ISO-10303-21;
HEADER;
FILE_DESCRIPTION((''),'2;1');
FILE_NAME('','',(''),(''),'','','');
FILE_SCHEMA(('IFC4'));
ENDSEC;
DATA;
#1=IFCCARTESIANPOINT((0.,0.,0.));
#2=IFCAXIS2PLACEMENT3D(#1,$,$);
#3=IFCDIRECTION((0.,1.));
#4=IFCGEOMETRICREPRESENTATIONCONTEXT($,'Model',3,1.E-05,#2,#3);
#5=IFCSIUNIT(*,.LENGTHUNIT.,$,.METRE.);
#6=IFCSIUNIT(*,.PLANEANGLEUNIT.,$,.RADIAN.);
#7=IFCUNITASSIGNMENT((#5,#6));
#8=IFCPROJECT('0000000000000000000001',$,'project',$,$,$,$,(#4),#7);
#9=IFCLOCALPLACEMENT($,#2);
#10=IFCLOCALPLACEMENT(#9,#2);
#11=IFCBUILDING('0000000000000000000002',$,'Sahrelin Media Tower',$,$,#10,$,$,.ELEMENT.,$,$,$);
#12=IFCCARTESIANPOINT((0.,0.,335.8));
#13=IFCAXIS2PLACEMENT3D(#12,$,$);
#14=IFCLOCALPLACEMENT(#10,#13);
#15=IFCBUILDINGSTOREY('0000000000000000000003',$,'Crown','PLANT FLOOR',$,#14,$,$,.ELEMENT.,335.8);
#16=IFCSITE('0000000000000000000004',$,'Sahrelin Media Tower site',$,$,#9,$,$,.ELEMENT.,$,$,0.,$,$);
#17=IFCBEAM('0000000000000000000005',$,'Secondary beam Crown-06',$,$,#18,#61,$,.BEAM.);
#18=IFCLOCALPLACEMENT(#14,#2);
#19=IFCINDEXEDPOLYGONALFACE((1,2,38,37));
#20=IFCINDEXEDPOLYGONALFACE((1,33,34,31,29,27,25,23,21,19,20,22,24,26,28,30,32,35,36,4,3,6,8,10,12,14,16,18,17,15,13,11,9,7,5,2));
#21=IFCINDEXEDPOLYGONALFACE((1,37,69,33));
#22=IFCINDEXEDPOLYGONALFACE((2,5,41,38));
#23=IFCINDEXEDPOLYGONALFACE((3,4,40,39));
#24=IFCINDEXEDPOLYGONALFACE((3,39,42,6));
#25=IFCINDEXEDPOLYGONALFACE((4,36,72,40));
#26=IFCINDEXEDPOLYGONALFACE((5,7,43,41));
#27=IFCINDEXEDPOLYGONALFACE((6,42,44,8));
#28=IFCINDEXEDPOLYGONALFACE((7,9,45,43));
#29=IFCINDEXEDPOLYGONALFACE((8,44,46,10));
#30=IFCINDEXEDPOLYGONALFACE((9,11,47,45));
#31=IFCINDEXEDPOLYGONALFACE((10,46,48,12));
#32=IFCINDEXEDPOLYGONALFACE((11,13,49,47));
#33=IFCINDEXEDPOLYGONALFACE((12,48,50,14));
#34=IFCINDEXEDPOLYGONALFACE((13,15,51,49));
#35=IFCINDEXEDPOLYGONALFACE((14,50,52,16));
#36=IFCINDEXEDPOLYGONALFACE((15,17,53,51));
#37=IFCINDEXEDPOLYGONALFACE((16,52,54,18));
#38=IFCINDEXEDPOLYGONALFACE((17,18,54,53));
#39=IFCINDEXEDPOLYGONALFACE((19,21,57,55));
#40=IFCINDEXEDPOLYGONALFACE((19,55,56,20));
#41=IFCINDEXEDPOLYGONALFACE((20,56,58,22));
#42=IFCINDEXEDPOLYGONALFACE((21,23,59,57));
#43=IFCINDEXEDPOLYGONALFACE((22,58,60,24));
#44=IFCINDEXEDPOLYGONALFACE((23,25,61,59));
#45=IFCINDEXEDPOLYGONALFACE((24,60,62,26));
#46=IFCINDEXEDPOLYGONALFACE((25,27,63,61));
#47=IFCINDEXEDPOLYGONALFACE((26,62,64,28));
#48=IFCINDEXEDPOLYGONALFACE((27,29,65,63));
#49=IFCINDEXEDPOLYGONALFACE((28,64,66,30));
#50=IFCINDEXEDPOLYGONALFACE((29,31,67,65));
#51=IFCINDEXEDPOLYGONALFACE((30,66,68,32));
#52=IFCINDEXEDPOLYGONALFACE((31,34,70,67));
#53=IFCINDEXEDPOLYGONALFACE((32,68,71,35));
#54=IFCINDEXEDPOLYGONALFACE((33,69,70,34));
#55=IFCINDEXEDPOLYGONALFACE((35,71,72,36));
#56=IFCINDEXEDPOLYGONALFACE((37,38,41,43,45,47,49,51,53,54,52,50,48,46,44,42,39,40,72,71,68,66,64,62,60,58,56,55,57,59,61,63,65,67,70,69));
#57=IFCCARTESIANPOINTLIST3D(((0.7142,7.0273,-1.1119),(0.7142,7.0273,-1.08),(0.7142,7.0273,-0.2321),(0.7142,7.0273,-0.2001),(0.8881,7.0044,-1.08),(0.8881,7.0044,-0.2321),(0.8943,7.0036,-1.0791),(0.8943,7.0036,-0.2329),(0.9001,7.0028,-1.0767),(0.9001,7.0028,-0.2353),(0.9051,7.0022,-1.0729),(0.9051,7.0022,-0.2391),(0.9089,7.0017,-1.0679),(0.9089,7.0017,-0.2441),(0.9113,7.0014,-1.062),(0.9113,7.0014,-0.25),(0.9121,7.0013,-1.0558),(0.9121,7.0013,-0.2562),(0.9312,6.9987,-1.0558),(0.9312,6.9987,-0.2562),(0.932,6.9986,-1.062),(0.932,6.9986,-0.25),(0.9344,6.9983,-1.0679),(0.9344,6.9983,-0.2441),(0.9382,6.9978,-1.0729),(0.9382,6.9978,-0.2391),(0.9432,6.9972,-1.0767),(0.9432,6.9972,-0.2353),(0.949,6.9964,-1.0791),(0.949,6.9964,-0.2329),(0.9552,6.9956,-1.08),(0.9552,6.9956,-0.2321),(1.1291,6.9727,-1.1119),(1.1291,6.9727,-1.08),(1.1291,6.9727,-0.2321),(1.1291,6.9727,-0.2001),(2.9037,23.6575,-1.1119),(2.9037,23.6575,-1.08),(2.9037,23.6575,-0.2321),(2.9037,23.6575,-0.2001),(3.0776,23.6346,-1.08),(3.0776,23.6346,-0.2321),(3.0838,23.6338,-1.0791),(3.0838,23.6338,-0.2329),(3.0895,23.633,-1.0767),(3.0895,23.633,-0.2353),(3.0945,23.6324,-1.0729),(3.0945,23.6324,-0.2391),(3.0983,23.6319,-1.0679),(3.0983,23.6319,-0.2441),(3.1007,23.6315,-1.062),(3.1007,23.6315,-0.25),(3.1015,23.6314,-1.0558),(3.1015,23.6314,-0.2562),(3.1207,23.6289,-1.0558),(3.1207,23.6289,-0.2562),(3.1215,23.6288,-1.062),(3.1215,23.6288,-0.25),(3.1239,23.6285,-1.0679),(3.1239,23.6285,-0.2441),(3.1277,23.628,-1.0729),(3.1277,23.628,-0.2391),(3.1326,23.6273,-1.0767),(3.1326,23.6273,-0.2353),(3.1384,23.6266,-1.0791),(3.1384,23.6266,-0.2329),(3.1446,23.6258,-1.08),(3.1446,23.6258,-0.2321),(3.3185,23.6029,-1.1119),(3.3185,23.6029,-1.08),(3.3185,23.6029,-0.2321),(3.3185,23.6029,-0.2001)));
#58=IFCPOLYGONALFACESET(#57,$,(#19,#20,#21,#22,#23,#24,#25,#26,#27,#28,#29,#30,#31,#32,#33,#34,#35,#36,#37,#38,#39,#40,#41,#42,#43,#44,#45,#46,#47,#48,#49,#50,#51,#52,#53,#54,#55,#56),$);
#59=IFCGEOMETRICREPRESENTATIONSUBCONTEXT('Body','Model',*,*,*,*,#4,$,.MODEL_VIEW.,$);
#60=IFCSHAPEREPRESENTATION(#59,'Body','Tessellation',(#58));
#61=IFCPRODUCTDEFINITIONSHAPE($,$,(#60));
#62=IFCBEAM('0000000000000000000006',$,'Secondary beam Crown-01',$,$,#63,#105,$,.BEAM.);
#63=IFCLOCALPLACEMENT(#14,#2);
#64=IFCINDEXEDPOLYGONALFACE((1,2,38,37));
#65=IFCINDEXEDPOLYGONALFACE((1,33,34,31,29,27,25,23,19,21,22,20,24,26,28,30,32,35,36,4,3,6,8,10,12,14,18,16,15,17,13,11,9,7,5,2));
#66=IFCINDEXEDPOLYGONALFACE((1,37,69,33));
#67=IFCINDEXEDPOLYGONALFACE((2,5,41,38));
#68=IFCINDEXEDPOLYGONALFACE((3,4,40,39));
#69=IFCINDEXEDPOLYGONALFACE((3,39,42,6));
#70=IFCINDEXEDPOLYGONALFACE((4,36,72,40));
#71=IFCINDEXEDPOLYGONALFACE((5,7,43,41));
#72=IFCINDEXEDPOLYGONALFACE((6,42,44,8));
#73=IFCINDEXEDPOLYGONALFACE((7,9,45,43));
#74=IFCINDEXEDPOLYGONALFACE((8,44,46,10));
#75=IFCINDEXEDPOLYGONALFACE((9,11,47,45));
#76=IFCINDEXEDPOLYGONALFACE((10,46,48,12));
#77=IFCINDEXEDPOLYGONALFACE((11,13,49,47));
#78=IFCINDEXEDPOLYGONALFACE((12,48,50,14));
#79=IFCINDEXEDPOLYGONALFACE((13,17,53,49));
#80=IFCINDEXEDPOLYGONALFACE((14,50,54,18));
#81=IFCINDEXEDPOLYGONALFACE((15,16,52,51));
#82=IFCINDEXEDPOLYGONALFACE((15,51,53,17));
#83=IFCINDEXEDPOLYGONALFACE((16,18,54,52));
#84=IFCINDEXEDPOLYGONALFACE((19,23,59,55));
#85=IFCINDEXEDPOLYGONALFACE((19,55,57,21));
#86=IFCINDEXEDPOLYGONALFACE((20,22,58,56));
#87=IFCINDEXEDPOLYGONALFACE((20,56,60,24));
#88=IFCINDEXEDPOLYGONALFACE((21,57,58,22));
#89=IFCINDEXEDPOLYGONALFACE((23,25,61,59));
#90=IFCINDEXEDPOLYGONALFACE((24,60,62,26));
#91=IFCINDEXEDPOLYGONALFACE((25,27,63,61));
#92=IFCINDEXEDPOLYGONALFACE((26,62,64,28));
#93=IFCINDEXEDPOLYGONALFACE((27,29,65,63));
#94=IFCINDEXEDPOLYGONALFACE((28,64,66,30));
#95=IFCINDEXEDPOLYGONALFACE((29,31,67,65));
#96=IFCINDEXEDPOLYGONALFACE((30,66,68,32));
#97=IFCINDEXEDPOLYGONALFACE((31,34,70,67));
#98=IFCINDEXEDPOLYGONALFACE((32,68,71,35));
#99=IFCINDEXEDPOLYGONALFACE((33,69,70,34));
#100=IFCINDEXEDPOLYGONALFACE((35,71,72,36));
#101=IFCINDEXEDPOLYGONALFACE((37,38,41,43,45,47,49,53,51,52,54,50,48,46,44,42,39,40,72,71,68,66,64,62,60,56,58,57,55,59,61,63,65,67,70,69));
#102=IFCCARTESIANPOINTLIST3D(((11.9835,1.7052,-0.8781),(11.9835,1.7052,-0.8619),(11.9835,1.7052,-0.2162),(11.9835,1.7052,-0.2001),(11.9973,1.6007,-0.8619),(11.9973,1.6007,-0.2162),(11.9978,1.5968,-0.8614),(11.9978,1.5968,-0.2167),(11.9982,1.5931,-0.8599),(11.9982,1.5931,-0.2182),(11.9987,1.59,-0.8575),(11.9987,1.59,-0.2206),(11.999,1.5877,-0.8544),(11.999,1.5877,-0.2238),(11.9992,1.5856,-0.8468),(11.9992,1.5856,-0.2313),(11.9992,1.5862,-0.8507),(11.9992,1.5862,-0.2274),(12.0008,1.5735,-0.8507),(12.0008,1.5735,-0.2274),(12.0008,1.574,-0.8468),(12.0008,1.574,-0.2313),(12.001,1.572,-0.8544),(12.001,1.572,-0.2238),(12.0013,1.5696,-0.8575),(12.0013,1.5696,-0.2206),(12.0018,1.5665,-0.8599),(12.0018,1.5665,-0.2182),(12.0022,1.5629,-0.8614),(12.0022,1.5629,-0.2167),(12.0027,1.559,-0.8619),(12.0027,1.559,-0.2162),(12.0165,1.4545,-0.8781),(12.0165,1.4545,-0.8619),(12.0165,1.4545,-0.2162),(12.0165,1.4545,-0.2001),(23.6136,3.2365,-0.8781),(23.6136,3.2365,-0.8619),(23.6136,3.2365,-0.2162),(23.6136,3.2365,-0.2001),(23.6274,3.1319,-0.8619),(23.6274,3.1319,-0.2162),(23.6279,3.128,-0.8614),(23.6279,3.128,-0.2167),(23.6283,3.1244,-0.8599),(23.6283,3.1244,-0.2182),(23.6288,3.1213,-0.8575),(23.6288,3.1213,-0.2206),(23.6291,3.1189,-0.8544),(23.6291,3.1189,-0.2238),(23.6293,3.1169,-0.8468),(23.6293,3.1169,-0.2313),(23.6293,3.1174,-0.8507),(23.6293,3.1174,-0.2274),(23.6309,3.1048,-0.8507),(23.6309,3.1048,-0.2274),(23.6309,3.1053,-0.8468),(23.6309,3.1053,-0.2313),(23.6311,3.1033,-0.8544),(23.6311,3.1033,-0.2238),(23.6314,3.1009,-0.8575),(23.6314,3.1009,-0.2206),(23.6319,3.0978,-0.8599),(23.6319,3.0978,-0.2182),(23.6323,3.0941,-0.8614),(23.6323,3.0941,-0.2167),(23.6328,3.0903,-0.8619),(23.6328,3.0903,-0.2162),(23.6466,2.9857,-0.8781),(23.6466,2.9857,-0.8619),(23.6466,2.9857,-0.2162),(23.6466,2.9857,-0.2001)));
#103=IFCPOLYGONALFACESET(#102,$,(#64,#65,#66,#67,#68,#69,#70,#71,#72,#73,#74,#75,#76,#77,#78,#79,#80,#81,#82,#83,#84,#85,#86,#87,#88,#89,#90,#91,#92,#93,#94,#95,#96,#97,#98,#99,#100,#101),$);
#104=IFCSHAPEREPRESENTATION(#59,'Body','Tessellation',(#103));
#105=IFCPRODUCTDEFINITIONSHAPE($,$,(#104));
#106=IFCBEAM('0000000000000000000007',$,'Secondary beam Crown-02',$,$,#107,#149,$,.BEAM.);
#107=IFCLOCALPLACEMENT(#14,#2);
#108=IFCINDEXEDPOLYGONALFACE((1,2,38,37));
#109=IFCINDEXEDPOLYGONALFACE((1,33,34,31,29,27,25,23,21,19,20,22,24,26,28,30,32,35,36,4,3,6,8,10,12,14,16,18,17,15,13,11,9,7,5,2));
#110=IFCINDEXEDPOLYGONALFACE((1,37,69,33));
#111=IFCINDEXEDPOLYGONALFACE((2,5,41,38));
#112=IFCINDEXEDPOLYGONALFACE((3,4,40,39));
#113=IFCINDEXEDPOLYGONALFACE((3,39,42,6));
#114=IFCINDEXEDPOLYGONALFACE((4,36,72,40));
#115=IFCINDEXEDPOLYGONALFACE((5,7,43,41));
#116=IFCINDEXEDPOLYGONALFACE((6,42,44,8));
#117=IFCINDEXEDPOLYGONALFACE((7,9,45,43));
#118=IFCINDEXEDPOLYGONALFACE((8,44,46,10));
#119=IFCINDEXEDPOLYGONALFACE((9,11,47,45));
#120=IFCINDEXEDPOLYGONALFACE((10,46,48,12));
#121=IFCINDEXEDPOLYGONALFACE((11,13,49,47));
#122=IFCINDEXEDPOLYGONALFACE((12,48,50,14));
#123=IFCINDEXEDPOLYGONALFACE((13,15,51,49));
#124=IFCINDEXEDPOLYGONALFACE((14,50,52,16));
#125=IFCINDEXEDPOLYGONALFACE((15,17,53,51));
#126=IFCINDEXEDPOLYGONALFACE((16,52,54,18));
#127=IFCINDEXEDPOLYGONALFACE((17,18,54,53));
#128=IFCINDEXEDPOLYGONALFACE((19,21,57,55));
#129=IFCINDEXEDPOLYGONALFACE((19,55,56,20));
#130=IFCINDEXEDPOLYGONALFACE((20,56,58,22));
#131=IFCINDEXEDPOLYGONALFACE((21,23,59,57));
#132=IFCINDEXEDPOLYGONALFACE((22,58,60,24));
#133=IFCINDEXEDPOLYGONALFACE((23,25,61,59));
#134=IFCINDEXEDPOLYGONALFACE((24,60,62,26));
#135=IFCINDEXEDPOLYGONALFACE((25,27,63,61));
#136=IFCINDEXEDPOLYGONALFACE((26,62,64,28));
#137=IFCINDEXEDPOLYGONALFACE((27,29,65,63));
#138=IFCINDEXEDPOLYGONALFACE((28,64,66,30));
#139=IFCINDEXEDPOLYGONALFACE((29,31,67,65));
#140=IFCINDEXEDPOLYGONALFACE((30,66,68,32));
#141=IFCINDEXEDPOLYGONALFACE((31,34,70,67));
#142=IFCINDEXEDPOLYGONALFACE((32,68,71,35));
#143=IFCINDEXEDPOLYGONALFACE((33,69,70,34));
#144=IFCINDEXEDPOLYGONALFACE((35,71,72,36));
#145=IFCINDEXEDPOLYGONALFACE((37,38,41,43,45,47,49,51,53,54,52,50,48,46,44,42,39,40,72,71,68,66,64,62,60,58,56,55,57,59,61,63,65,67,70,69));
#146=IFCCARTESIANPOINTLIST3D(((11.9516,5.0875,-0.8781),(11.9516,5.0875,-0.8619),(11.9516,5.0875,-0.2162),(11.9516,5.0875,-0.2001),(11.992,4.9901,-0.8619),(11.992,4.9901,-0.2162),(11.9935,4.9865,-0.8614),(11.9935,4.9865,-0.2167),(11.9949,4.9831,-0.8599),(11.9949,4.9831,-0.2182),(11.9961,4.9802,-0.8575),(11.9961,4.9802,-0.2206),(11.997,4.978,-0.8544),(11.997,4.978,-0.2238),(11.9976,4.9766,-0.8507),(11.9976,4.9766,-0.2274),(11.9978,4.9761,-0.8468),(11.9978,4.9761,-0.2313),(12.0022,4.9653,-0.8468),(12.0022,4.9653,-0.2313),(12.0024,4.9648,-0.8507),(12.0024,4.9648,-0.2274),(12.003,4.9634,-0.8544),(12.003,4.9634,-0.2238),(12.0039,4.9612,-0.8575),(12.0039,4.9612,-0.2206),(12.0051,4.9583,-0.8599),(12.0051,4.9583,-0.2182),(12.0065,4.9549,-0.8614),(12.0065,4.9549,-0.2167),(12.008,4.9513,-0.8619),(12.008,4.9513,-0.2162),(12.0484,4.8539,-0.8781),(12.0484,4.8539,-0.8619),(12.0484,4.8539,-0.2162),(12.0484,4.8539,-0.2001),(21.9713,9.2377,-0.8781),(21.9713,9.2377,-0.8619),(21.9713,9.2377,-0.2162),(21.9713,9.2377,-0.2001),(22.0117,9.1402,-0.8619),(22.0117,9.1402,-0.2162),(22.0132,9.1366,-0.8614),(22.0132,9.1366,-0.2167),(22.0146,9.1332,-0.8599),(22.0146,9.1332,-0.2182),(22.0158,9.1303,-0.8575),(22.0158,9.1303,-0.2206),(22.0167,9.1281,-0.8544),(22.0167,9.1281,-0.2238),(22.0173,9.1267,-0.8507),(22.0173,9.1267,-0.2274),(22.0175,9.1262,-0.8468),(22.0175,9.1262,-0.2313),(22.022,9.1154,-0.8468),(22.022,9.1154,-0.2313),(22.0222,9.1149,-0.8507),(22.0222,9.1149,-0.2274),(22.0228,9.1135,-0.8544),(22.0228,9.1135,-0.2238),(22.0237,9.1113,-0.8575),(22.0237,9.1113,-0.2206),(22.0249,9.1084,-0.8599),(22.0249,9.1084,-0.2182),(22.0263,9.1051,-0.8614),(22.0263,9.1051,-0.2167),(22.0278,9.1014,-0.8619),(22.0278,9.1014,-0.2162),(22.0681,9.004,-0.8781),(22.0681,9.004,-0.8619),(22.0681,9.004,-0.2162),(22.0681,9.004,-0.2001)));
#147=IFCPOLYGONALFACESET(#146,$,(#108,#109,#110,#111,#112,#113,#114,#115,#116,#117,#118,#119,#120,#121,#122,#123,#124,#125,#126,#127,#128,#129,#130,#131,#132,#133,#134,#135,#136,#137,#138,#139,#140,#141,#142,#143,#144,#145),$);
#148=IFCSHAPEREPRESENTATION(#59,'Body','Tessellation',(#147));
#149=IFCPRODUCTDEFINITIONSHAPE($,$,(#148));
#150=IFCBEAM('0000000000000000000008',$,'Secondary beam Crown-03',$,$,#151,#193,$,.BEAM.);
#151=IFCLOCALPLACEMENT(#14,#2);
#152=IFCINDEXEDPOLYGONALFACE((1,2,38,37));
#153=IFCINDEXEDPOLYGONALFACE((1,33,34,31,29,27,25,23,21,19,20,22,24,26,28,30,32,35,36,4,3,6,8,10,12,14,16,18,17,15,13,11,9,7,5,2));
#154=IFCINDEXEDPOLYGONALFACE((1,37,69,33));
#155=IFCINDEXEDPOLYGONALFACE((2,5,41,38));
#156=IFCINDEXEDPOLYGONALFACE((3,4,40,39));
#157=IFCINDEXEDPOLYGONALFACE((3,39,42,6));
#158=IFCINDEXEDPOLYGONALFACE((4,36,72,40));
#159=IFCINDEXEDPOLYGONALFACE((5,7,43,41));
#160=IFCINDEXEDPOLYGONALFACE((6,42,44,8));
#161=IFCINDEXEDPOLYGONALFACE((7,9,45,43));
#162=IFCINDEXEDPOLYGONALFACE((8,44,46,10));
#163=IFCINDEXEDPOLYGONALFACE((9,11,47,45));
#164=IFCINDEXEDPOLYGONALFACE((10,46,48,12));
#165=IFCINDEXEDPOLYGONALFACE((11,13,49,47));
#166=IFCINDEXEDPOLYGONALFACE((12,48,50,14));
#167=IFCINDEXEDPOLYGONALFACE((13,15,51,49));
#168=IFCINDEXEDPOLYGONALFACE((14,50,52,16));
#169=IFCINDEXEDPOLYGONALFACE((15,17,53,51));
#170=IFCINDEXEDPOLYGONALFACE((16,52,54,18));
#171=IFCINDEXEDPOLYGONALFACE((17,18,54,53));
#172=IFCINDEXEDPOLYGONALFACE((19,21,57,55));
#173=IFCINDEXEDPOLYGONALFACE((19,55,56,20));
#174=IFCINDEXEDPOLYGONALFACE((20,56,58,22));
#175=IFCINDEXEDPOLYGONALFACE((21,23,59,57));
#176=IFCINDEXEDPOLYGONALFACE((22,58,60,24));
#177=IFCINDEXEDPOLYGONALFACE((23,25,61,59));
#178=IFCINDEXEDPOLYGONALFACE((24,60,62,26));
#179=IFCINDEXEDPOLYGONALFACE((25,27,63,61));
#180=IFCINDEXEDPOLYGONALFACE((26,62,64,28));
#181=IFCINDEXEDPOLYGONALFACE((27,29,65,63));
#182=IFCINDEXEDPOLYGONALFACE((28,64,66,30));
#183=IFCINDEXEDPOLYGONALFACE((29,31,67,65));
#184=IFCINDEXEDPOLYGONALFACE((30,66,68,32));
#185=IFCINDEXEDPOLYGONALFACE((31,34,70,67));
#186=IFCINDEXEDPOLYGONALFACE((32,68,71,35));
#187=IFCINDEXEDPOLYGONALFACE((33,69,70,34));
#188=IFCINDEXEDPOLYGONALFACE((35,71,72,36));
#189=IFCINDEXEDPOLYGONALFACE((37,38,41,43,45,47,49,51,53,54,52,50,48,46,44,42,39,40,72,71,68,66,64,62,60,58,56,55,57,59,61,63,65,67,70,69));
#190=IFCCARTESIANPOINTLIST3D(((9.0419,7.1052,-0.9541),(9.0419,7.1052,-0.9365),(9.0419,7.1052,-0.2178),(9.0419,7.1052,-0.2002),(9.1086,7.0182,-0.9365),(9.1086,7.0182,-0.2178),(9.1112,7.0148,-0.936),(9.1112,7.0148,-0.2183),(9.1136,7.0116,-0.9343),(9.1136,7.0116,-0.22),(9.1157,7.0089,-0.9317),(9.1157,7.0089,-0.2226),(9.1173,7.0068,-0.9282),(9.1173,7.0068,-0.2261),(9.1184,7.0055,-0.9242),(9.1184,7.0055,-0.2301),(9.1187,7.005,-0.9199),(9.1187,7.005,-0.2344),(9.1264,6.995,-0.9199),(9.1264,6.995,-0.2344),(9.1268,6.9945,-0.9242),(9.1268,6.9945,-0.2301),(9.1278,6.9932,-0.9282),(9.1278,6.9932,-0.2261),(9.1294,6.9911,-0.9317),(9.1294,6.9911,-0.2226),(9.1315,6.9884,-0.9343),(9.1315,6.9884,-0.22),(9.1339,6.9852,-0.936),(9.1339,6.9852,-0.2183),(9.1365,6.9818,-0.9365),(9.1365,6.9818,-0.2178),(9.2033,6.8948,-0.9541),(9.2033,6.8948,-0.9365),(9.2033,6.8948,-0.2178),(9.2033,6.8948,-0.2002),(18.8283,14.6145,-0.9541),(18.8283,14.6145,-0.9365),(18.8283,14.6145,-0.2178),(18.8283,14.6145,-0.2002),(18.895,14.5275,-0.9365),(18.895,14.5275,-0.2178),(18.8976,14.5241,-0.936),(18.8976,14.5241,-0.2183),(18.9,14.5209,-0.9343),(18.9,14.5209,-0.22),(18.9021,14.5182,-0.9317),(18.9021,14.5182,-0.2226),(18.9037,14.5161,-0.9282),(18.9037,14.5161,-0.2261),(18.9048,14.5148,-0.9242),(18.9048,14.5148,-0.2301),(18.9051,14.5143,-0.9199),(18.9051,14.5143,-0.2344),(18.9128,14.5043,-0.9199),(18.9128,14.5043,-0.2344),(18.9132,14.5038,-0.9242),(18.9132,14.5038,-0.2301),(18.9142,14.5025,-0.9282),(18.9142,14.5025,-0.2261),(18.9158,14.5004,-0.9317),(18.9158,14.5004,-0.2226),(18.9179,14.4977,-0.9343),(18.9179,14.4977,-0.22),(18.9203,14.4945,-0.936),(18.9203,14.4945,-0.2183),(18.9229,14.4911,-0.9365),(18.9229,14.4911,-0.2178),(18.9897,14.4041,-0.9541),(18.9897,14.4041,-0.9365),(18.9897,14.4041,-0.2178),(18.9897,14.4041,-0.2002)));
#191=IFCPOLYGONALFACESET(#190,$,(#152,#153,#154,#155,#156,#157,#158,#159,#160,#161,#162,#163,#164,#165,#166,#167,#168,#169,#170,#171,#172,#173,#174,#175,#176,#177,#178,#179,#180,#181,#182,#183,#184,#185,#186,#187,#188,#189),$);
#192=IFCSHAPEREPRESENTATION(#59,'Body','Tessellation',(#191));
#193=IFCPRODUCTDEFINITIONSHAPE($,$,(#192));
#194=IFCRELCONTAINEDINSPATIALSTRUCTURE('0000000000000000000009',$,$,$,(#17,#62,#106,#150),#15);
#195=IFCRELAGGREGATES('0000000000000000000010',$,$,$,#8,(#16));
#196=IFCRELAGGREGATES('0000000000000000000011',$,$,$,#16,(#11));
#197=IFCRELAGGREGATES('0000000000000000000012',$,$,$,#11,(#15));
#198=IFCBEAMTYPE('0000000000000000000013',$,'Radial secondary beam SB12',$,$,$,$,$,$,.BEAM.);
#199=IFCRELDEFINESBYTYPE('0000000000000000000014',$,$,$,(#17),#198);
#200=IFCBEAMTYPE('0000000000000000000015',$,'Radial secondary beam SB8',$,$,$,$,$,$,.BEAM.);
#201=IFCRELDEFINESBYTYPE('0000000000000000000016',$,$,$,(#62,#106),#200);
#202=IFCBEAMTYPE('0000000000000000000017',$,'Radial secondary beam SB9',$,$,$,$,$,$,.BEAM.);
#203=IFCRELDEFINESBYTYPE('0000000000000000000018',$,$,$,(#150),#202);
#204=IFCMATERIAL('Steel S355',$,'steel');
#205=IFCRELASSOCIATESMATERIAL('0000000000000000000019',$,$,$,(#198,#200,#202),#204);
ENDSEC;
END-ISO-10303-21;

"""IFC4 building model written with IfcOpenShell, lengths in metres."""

from ifc_helpers import new_model, si_unit, direction, frame, origin, origin_2d, place, context, subcontext, project, spatial, i_section, extrude, material, material_profile, profile_set, type_object, element, save


model = new_model("IFC4")

# Units and contexts
model_context = context("Model", 3, precision=1e-05, world=origin(), true_north=direction((0.0, 1.0)))
body_context = subcontext(model_context, "Body", "Model", "MODEL_VIEW")
ifc_project = project(units=[si_unit("LENGTHUNIT", "METRE"), si_unit("PLANEANGLEUNIT", "RADIAN")], contexts=[model_context])

# Site, building, storey
site_placement = place(None, origin())
site = spatial("IfcSite", under=ifc_project, at=site_placement, Name="Sahrelin Media Tower site", CompositionType="ELEMENT", RefElevation=0.0)
building_placement = place(site_placement, origin())
building = spatial("IfcBuilding", under=site, at=building_placement, Name="Sahrelin Media Tower", CompositionType="ELEMENT")
storey_placement = place(building_placement, frame((0.0, 0.0, 335.8)))
storey = spatial("IfcBuildingStorey", under=building, at=storey_placement, Name="Crown", Description="PLANT FLOOR", CompositionType="ELEMENT", Elevation=335.8)

# Beams
ifc_material_1 = material(Name="Steel S355", Category="steel")
ifc_material_profile_1 = material_profile(ifc_material_1, i_section(OverallWidth=0.4185, OverallDepth=0.9119, WebThickness=0.0193, FlangeThickness=0.032, FilletRadius=0.0242, at=origin_2d()), Name="UB 914x419x343")
ifc_profile_set_1 = profile_set([ifc_material_profile_1], Name="Steel S355")
beam_type_1 = type_object("IfcBeamType", Name="Radial secondary beam SB12", PredefinedType="BEAM", material=ifc_profile_set_1)
beam_1_placement = place(storey_placement, frame((0.9216, 7.0, -0.656), z_axis=(0.130529, 0.991444, 0.0), x_axis=(-0.991444, 0.130529, 0.0)))
element("IfcBeam", 1, at=beam_1_placement, inside=storey, type_object=beam_type_1, Name="Secondary beam Crown-06", PredefinedType="BEAM", context=body_context, shape_type="SweptSolid", body=[
    extrude(i_section(OverallWidth=0.4185, OverallDepth=0.9119, WebThickness=0.0193, FlangeThickness=0.032, FilletRadius=0.0242, at=origin_2d()), origin(), (0.0, 0.0, 1.0), 16.7737),
])
ifc_material_profile_2 = material_profile(ifc_material_1, i_section(OverallWidth=0.2529, OverallDepth=0.678, WebThickness=0.0117, FlangeThickness=0.0161, FilletRadius=0.0151, at=origin_2d()), Name="UB 686x254x125")
ifc_profile_set_2 = profile_set([ifc_material_profile_2], Name="Steel S355")
beam_type_2 = type_object("IfcBeamType", Name="Radial secondary beam SB8", PredefinedType="BEAM", material=ifc_profile_set_2)
beam_2_placement = place(storey_placement, frame((12.0, 1.5798, -0.5391), z_axis=(0.991444, 0.130536, 0.0), x_axis=(-0.130536, 0.991444, 0.0)))
element("IfcBeam", 2, at=beam_2_placement, inside=storey, type_object=beam_type_2, Name="Secondary beam Crown-01", PredefinedType="BEAM", context=body_context, shape_type="SweptSolid", body=[
    extrude(i_section(OverallWidth=0.2529, OverallDepth=0.678, WebThickness=0.0117, FlangeThickness=0.0161, FilletRadius=0.0151, at=origin_2d()), origin(), (0.0, 0.0, 1.0), 11.7305),
])
beam_3_placement = place(storey_placement, frame((12.0, 4.9707, -0.5391), z_axis=(0.923885, 0.382669, 0.0), x_axis=(-0.382669, 0.923885, 0.0)))
element("IfcBeam", 3, at=beam_3_placement, inside=storey, type_object=beam_type_2, Name="Secondary beam Crown-02", PredefinedType="BEAM", context=body_context, shape_type="SweptSolid", body=[
    extrude(i_section(OverallWidth=0.2529, OverallDepth=0.678, WebThickness=0.0117, FlangeThickness=0.0161, FilletRadius=0.0151, at=origin_2d()), origin(), (0.0, 0.0, 1.0), 10.8452),
])
ifc_material_profile_3 = material_profile(ifc_material_1, i_section(OverallWidth=0.2651, OverallDepth=0.7539, WebThickness=0.0127, FlangeThickness=0.0176, FilletRadius=0.0166, at=origin_2d()), Name="UB 762x267x147")
ifc_profile_set_3 = profile_set([ifc_material_profile_3], Name="Steel S355")
beam_type_3 = type_object("IfcBeamType", Name="Radial secondary beam SB9", PredefinedType="BEAM", material=ifc_profile_set_3)
beam_4_placement = place(storey_placement, frame((9.1226, 7.0, -0.5771), z_axis=(0.793356, 0.608758, 0.0), x_axis=(-0.608758, 0.793356, 0.0)))
element("IfcBeam", 4, at=beam_4_placement, inside=storey, type_object=beam_type_3, Name="Secondary beam Crown-03", PredefinedType="BEAM", context=body_context, shape_type="SweptSolid", body=[
    extrude(i_section(OverallWidth=0.2651, OverallDepth=0.7539, WebThickness=0.0127, FlangeThickness=0.0176, FilletRadius=0.0166, at=origin_2d()), origin(), (0.0, 0.0, 1.0), 12.3354),
])

save(model, "model.ifc")
